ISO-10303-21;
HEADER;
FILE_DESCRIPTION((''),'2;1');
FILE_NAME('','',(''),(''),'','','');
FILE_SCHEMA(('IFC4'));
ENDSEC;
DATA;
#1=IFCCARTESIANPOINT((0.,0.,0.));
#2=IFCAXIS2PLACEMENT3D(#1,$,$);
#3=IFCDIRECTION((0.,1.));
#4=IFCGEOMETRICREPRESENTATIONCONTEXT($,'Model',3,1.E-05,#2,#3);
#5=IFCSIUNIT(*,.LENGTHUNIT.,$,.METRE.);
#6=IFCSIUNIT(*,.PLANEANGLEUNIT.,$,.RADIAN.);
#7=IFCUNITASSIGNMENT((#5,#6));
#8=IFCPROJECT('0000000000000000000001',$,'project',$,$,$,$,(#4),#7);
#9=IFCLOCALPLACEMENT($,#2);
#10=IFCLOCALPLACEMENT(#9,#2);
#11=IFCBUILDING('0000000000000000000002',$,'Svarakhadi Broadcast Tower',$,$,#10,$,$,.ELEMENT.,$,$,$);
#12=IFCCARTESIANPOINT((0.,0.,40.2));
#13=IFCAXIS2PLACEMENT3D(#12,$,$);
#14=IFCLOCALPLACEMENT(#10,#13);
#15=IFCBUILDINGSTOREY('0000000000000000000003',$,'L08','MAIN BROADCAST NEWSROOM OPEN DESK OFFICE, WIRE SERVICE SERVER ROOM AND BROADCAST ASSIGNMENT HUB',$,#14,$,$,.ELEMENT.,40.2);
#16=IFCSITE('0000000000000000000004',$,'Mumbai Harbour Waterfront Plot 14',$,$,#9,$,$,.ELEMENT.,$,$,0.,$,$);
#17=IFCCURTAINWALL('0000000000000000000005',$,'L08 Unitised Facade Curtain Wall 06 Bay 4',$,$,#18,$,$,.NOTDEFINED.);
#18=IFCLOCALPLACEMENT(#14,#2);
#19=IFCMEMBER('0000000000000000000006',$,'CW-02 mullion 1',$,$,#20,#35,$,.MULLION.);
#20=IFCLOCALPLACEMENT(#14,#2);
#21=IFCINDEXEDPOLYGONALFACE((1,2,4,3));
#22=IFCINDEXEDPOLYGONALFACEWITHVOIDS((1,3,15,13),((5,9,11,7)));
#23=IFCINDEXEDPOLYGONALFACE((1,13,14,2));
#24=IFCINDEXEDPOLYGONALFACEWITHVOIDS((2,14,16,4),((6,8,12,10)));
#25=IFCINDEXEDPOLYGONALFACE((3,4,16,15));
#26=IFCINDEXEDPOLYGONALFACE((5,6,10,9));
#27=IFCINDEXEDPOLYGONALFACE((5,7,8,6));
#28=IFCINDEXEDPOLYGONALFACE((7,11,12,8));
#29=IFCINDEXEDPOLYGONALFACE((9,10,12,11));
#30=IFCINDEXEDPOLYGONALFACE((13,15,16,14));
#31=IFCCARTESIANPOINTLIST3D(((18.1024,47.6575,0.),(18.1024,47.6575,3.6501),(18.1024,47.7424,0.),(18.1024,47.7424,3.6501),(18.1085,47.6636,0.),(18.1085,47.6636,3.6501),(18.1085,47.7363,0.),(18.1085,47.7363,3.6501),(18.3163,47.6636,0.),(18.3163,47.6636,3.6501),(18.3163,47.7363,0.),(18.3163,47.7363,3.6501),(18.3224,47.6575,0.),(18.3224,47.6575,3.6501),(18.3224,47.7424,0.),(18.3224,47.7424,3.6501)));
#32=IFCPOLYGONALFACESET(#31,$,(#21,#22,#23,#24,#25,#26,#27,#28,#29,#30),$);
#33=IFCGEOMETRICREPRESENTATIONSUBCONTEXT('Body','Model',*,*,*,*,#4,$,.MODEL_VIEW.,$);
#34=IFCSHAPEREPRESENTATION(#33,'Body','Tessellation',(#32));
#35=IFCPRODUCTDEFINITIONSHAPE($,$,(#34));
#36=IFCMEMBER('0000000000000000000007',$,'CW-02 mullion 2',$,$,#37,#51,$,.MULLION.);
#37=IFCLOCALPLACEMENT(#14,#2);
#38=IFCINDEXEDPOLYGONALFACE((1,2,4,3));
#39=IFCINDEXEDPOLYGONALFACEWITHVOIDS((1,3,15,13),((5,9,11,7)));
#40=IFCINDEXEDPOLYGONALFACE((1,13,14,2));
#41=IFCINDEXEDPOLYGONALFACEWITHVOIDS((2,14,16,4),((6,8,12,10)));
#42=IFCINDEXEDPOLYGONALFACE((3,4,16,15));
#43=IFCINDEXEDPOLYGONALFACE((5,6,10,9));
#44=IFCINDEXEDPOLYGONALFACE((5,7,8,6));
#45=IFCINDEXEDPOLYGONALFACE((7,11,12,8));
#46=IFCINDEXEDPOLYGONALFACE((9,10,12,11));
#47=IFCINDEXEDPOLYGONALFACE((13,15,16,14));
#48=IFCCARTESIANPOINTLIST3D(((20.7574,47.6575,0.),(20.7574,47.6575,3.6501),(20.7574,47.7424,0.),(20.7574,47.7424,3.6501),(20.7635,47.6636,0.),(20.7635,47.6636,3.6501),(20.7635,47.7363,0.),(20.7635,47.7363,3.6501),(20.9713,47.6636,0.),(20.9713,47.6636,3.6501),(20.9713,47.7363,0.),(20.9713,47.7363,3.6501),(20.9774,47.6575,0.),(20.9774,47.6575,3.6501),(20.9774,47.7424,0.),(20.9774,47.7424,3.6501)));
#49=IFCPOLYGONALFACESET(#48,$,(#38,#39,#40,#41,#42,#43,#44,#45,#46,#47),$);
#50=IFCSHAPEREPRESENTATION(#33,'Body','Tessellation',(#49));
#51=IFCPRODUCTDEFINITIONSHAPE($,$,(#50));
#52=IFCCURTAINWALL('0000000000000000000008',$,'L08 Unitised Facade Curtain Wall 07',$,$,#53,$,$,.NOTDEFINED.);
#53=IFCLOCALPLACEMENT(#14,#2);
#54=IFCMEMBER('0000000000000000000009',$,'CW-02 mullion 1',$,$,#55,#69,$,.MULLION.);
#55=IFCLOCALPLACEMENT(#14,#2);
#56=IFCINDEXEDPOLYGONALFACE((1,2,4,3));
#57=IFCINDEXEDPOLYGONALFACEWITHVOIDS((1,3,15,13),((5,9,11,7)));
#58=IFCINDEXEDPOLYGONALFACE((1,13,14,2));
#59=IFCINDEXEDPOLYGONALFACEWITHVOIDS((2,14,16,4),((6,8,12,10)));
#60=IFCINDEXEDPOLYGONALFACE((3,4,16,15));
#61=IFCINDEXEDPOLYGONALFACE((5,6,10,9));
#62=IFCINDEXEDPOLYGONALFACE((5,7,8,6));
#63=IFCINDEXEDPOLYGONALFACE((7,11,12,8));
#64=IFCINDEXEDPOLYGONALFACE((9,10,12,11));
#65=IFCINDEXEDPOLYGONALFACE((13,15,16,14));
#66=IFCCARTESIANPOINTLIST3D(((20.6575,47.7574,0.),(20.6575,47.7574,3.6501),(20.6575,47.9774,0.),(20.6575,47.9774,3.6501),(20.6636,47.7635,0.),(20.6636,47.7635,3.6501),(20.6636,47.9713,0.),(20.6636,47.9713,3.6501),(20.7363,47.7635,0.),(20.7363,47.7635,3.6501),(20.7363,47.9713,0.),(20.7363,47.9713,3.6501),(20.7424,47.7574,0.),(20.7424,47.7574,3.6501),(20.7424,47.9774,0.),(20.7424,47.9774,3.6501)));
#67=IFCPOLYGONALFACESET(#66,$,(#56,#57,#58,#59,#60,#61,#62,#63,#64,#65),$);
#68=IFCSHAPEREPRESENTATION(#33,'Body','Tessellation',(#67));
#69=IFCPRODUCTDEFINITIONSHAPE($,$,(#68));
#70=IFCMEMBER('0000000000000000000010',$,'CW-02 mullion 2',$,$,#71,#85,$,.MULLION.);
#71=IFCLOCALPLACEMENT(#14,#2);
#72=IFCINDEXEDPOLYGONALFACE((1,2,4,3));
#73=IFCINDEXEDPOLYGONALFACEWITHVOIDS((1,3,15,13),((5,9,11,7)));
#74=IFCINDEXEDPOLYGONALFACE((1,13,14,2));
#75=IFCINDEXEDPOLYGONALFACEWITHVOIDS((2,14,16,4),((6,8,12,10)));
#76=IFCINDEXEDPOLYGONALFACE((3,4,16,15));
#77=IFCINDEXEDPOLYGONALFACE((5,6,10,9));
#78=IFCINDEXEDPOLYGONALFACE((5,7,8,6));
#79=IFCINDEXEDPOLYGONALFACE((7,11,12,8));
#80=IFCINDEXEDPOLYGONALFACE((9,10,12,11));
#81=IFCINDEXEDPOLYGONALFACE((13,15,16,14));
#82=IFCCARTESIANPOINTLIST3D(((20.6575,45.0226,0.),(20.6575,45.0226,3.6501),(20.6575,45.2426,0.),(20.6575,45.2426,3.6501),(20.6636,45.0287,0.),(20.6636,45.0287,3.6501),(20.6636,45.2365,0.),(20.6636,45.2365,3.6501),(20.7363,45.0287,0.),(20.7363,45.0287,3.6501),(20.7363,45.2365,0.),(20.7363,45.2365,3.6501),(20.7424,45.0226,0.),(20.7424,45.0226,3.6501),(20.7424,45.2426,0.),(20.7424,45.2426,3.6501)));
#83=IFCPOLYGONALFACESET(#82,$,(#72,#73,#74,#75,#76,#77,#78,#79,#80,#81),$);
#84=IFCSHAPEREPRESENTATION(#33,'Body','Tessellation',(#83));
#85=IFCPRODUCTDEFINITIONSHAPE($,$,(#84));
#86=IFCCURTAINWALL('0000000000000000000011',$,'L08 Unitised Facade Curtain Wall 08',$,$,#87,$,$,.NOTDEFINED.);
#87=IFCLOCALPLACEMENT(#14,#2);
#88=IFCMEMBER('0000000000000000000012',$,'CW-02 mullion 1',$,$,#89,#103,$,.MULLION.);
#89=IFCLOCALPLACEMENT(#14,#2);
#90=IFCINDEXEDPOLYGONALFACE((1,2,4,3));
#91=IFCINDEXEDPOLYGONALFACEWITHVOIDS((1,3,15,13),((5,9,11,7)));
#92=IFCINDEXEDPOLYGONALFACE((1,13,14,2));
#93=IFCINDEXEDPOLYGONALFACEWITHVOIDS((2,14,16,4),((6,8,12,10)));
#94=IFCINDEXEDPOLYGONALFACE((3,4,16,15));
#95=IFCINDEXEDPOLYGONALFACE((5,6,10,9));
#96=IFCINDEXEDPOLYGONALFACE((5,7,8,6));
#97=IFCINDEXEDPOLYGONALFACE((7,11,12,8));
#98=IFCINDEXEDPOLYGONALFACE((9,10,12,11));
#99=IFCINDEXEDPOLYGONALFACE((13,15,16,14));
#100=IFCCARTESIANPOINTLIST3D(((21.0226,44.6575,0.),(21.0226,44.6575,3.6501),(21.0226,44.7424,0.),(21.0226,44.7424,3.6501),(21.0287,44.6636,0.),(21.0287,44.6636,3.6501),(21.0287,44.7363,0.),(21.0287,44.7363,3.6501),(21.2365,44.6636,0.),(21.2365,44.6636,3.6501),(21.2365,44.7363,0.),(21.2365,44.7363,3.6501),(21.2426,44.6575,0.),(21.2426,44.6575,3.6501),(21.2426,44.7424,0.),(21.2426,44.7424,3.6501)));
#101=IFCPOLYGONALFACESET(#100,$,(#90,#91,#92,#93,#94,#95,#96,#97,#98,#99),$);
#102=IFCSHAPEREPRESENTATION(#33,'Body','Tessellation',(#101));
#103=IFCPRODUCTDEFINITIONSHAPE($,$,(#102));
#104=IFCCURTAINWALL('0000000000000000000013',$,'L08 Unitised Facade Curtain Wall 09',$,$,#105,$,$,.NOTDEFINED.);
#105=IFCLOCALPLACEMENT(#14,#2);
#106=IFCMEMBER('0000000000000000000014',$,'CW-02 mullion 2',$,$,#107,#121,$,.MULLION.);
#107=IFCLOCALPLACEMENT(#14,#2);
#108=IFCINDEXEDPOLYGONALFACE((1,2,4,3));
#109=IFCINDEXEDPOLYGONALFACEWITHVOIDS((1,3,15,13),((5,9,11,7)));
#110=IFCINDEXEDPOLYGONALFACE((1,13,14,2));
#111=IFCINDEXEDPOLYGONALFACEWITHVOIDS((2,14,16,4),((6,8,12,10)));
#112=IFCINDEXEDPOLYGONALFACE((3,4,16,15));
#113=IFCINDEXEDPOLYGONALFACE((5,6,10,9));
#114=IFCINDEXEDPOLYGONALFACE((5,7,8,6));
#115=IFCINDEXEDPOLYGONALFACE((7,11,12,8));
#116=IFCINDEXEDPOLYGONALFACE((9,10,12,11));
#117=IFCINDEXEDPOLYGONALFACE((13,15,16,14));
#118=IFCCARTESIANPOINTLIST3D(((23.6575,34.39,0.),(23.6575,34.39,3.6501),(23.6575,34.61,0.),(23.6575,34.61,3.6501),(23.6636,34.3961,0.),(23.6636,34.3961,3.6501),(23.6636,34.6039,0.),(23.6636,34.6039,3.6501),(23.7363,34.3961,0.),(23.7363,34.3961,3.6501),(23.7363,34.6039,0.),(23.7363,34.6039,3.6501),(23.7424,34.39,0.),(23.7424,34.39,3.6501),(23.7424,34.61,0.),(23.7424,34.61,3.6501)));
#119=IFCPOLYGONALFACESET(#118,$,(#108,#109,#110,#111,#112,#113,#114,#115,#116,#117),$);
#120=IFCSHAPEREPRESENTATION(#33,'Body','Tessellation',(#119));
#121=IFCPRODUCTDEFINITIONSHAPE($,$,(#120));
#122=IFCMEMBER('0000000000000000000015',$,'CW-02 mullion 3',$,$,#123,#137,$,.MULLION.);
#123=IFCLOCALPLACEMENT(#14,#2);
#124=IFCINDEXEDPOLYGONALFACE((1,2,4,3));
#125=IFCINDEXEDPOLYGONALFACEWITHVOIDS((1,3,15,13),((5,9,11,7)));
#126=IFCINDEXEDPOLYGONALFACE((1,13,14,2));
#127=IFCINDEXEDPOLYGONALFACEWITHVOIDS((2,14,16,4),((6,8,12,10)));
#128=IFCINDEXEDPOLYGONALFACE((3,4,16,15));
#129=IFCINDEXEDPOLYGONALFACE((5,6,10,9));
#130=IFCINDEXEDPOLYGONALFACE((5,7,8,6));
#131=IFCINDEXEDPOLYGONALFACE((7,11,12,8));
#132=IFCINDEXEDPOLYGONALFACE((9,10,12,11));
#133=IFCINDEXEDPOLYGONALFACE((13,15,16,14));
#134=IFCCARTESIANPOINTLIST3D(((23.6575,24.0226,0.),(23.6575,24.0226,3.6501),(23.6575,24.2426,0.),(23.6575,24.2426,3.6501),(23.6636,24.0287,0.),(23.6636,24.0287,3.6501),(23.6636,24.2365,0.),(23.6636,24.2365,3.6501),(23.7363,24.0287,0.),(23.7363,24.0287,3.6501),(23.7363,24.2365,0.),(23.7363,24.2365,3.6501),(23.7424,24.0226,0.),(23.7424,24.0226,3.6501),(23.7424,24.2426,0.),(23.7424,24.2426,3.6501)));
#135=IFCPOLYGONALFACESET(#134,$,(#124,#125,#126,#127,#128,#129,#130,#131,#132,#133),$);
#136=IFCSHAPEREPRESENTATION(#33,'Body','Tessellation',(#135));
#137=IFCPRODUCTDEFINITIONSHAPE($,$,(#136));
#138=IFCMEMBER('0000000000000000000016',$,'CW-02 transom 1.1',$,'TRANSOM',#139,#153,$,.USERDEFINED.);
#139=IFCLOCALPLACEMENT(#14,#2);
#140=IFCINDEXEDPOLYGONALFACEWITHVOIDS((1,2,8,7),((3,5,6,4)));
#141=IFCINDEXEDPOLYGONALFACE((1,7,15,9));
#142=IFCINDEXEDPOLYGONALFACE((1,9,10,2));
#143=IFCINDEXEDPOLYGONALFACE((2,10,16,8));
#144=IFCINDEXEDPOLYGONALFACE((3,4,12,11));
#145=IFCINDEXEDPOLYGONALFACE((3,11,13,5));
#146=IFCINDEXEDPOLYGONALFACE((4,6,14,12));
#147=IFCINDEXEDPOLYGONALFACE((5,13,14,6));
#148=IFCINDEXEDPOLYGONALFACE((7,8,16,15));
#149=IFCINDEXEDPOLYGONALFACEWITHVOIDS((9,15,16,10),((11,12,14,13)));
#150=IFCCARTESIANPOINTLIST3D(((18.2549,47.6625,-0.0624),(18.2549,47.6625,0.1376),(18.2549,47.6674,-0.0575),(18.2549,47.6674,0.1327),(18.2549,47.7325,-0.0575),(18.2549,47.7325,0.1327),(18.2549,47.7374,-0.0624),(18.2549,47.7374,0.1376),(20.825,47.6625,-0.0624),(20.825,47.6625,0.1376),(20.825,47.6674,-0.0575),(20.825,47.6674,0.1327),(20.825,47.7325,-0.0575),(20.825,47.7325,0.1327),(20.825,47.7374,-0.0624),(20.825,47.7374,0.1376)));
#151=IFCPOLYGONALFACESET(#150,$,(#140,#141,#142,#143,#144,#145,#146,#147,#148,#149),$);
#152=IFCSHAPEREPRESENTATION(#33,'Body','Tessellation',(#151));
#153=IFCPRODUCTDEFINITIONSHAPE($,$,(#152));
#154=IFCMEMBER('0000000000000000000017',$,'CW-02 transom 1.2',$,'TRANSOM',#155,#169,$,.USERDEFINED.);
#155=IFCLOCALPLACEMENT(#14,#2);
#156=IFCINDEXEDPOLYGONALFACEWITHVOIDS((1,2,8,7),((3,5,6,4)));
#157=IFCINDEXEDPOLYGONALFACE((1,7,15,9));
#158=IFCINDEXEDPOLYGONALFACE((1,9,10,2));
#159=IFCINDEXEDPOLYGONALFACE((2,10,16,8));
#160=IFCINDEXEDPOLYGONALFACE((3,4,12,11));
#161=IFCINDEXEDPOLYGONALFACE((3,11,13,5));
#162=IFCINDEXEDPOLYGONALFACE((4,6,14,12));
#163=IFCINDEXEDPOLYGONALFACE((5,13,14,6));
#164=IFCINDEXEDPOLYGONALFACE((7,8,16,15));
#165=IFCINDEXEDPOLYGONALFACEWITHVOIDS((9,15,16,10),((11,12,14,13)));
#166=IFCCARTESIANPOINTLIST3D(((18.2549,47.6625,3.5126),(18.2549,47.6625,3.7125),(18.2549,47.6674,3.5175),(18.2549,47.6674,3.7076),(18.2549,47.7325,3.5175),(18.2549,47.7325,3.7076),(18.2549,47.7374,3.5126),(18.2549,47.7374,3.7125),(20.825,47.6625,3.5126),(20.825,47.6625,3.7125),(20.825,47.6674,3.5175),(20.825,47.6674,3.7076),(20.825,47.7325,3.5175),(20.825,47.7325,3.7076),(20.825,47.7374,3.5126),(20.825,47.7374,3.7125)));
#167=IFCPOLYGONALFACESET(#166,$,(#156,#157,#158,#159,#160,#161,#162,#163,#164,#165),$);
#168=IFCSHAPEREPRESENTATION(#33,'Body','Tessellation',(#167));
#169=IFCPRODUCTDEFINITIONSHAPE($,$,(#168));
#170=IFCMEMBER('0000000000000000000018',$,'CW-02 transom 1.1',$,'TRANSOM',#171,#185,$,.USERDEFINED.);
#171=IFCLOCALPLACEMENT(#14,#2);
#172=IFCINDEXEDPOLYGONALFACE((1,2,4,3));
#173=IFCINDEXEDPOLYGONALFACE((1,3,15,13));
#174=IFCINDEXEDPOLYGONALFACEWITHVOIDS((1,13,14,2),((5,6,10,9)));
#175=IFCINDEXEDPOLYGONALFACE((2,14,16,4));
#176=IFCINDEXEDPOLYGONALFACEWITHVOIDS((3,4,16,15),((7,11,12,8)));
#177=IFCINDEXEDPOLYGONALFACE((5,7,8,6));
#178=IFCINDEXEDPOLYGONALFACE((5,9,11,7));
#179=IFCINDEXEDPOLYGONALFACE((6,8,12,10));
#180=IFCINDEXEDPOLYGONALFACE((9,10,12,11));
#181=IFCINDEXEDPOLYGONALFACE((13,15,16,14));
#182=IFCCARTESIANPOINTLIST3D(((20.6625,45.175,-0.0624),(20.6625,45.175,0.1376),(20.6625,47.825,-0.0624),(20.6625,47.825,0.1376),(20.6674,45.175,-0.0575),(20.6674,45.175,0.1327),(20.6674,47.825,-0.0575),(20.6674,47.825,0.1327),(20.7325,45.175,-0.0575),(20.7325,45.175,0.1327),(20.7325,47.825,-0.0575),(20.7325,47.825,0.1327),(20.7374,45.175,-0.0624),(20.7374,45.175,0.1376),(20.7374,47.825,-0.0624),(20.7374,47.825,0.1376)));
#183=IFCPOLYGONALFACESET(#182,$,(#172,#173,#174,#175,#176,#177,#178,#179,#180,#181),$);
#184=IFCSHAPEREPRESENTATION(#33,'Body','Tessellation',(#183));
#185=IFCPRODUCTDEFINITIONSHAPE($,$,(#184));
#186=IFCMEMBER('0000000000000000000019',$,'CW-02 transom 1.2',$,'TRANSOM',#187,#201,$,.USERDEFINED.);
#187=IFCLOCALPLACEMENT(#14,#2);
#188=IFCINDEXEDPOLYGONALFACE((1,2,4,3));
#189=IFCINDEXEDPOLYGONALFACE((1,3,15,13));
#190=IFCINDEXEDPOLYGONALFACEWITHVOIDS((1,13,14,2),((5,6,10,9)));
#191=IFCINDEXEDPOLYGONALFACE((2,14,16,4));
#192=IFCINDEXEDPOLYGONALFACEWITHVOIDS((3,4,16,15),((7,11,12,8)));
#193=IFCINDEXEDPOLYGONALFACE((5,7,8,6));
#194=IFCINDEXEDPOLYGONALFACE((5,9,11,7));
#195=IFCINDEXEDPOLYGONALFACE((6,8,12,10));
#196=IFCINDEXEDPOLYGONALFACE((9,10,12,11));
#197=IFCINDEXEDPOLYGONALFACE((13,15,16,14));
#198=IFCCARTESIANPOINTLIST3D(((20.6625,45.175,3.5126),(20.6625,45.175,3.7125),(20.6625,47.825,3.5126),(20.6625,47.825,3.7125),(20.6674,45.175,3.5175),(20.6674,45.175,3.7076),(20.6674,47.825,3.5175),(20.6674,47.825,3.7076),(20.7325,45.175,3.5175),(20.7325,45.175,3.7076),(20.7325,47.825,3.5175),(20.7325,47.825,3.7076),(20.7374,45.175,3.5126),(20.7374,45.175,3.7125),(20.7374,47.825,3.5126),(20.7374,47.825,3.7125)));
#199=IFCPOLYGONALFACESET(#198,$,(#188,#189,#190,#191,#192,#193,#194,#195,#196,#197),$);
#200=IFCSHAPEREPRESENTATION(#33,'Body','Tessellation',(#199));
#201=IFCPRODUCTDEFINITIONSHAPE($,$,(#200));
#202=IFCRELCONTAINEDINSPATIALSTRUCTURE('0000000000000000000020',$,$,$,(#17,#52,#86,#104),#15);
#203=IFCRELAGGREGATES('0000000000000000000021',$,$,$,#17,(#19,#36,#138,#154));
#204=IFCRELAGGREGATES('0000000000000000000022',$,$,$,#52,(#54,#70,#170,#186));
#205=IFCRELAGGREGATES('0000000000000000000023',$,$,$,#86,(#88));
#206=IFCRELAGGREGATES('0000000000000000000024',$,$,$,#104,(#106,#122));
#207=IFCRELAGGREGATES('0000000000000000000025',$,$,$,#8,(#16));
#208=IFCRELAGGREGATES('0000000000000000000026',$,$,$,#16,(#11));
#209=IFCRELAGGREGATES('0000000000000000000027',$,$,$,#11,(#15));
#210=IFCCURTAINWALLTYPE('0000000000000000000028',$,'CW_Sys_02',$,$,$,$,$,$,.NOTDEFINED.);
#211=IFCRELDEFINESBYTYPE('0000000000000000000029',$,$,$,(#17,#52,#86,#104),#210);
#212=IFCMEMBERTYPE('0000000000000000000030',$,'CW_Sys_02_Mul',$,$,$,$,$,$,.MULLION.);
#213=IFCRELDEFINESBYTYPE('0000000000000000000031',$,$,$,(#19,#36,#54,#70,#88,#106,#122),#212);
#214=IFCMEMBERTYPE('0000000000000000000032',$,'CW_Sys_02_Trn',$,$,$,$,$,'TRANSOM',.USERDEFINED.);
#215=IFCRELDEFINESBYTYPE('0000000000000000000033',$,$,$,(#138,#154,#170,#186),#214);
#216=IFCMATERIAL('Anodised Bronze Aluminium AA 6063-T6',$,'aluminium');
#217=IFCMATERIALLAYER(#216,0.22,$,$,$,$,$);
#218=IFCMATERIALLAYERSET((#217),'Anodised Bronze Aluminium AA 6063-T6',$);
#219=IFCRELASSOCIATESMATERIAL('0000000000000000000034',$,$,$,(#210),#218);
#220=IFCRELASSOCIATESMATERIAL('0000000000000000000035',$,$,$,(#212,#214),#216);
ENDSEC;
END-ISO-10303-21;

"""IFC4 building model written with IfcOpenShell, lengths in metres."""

from ifc_helpers import new_model, si_unit, direction, frame, origin, origin_2d, place, context, subcontext, project, spatial, hollow_rectangle, extrude, material, layer, layer_set, material_profile, profile_set, type_object, element, aggregate, save


model = new_model("IFC4")

# Units and contexts
model_context = context("Model", 3, precision=1e-05, world=origin(), true_north=direction((0.0, 1.0)))
body_context = subcontext(model_context, "Body", "Model", "MODEL_VIEW")
ifc_project = project(units=[si_unit("LENGTHUNIT", "METRE"), si_unit("PLANEANGLEUNIT", "RADIAN")], contexts=[model_context])

# Site, building, storey
site_placement = place(None, origin())
site = spatial("IfcSite", under=ifc_project, at=site_placement, Name="Mumbai Harbour Waterfront Plot 14", CompositionType="ELEMENT", RefElevation=0.0)
building_placement = place(site_placement, origin())
building = spatial("IfcBuilding", under=site, at=building_placement, Name="Svarakhadi Broadcast Tower", CompositionType="ELEMENT")
storey_placement = place(building_placement, frame((0.0, 0.0, 40.2)))
storey = spatial("IfcBuildingStorey", under=building, at=storey_placement, Name="L08", Description="MAIN BROADCAST NEWSROOM OPEN DESK OFFICE, WIRE SERVICE SERVER ROOM AND BROADCAST ASSIGNMENT HUB", CompositionType="ELEMENT", Elevation=40.2)

# Curtain walls, members
ifc_material_1 = material(Name="Anodised Bronze Aluminium AA 6063-T6", Category="aluminium")
ifc_layer_1 = layer(ifc_material_1, 0.22)
ifc_layer_set_1 = layer_set([ifc_layer_1], Name="Anodised Bronze Aluminium AA 6063-T6")
curtain_wall_type = type_object("IfcCurtainWallType", Name="CW_Sys_02", PredefinedType="NOTDEFINED", material=ifc_layer_set_1)
curtain_wall_1_placement = place(storey_placement, origin())
curtain_wall_1 = element("IfcCurtainWall", 1, at=curtain_wall_1_placement, inside=storey, type_object=curtain_wall_type, Name="L08 Unitised Facade Curtain Wall 06 Bay 4", PredefinedType="NOTDEFINED")
ifc_material_profile_1 = material_profile(ifc_material_1, hollow_rectangle(XDim=0.085, YDim=0.22, WallThickness=0.0061, at=origin_2d()), Name="ALU MULLION 220x85x6")
ifc_profile_set_1 = profile_set([ifc_material_profile_1], Name="Anodised Bronze Aluminium AA 6063-T6")
member_type_1 = type_object("IfcMemberType", Name="CW_Sys_02_Mul", PredefinedType="MULLION", material=ifc_profile_set_1)
member_1_placement = place(storey_placement, frame((18.2124, 47.7, 0.0), z_axis=(0.0, 0.0, 1.0), x_axis=(0.0, 1.0, 0.0)))
member_1 = element("IfcMember", 2, at=member_1_placement, type_object=member_type_1, Name="CW-02 mullion 1", PredefinedType="MULLION", context=body_context, shape_type="SweptSolid", body=[
    extrude(hollow_rectangle(XDim=0.085, YDim=0.22, WallThickness=0.0061, at=origin_2d()), origin(), (0.0, 0.0, 1.0), 3.6501),
])
member_2_placement = place(storey_placement, frame((20.8674, 47.7, 0.0), z_axis=(0.0, 0.0, 1.0), x_axis=(0.0, 1.0, 0.0)))
member_2 = element("IfcMember", 3, at=member_2_placement, type_object=member_type_1, Name="CW-02 mullion 2", PredefinedType="MULLION", context=body_context, shape_type="SweptSolid", body=[
    extrude(hollow_rectangle(XDim=0.085, YDim=0.22, WallThickness=0.0061, at=origin_2d()), origin(), (0.0, 0.0, 1.0), 3.6501),
])
curtain_wall_2_placement = place(storey_placement, origin())
curtain_wall_2 = element("IfcCurtainWall", 4, at=curtain_wall_2_placement, inside=storey, type_object=curtain_wall_type, Name="L08 Unitised Facade Curtain Wall 07", PredefinedType="NOTDEFINED")
member_3_placement = place(storey_placement, frame((20.7, 47.8674, 0.0), z_axis=(0.0, 0.0, 1.0), x_axis=(1.0, 0.0, 0.0)))
member_3 = element("IfcMember", 5, at=member_3_placement, type_object=member_type_1, Name="CW-02 mullion 1", PredefinedType="MULLION", context=body_context, shape_type="SweptSolid", body=[
    extrude(hollow_rectangle(XDim=0.085, YDim=0.22, WallThickness=0.0061, at=origin_2d()), origin(), (0.0, 0.0, 1.0), 3.6501),
])
member_4_placement = place(storey_placement, frame((20.7, 45.1326, 0.0), z_axis=(0.0, 0.0, 1.0), x_axis=(1.0, 0.0, 0.0)))
member_4 = element("IfcMember", 6, at=member_4_placement, type_object=member_type_1, Name="CW-02 mullion 2", PredefinedType="MULLION", context=body_context, shape_type="SweptSolid", body=[
    extrude(hollow_rectangle(XDim=0.085, YDim=0.22, WallThickness=0.0061, at=origin_2d()), origin(), (0.0, 0.0, 1.0), 3.6501),
])

# Curtain wall, member
curtain_wall_3_placement = place(storey_placement, origin())
curtain_wall_3 = element("IfcCurtainWall", 7, at=curtain_wall_3_placement, inside=storey, type_object=curtain_wall_type, Name="L08 Unitised Facade Curtain Wall 08", PredefinedType="NOTDEFINED")
member_5_placement = place(storey_placement, frame((21.1326, 44.7, 0.0), z_axis=(0.0, 0.0, 1.0), x_axis=(0.0, 1.0, 0.0)))
member_5 = element("IfcMember", 8, at=member_5_placement, type_object=member_type_1, Name="CW-02 mullion 1", PredefinedType="MULLION", context=body_context, shape_type="SweptSolid", body=[
    extrude(hollow_rectangle(XDim=0.085, YDim=0.22, WallThickness=0.0061, at=origin_2d()), origin(), (0.0, 0.0, 1.0), 3.6501),
])

# Curtain wall, members
curtain_wall_4_placement = place(storey_placement, origin())
curtain_wall_4 = element("IfcCurtainWall", 9, at=curtain_wall_4_placement, inside=storey, type_object=curtain_wall_type, Name="L08 Unitised Facade Curtain Wall 09", PredefinedType="NOTDEFINED")
member_6_placement = place(storey_placement, frame((23.7, 34.5, 0.0), z_axis=(0.0, 0.0, 1.0), x_axis=(1.0, 0.0, 0.0)))
member_6 = element("IfcMember", 10, at=member_6_placement, type_object=member_type_1, Name="CW-02 mullion 2", PredefinedType="MULLION", context=body_context, shape_type="SweptSolid", body=[
    extrude(hollow_rectangle(XDim=0.085, YDim=0.22, WallThickness=0.0061, at=origin_2d()), origin(), (0.0, 0.0, 1.0), 3.6501),
])
member_7_placement = place(storey_placement, frame((23.7, 24.1326, 0.0), z_axis=(0.0, 0.0, 1.0), x_axis=(1.0, 0.0, 0.0)))
member_7 = element("IfcMember", 11, at=member_7_placement, type_object=member_type_1, Name="CW-02 mullion 3", PredefinedType="MULLION", context=body_context, shape_type="SweptSolid", body=[
    extrude(hollow_rectangle(XDim=0.085, YDim=0.22, WallThickness=0.0061, at=origin_2d()), origin(), (0.0, 0.0, 1.0), 3.6501),
])

# Members
ifc_material_profile_2 = material_profile(ifc_material_1, hollow_rectangle(XDim=0.075, YDim=0.2, WallThickness=0.0049, at=origin_2d()), Name="ALU TRANSOM 200x75x5")
ifc_profile_set_2 = profile_set([ifc_material_profile_2], Name="Anodised Bronze Aluminium AA 6063-T6")
member_type_2 = type_object("IfcMemberType", Name="CW_Sys_02_Trn", ElementType="TRANSOM", PredefinedType="USERDEFINED", material=ifc_profile_set_2)
member_8_placement = place(storey_placement, frame((18.2549, 47.7, 0.0376), z_axis=(1.0, 0.0, 0.0), x_axis=(0.0, 1.0, 0.0)))
member_8 = element("IfcMember", 12, at=member_8_placement, type_object=member_type_2, Name="CW-02 transom 1.1", ObjectType="TRANSOM", PredefinedType="USERDEFINED", context=body_context, shape_type="SweptSolid", body=[
    extrude(hollow_rectangle(XDim=0.075, YDim=0.2, WallThickness=0.0049, at=origin_2d()), origin(), (0.0, 0.0, 1.0), 2.5701),
])
member_9_placement = place(storey_placement, frame((18.2549, 47.7, 3.6125), z_axis=(1.0, 0.0, 0.0), x_axis=(0.0, 1.0, 0.0)))
member_9 = element("IfcMember", 13, at=member_9_placement, type_object=member_type_2, Name="CW-02 transom 1.2", ObjectType="TRANSOM", PredefinedType="USERDEFINED", context=body_context, shape_type="SweptSolid", body=[
    extrude(hollow_rectangle(XDim=0.075, YDim=0.2, WallThickness=0.0049, at=origin_2d()), origin(), (0.0, 0.0, 1.0), 2.5701),
])
member_10_placement = place(storey_placement, frame((20.7, 47.825, 0.0376), z_axis=(0.0, -1.0, 0.0), x_axis=(1.0, 0.0, 0.0)))
member_10 = element("IfcMember", 14, at=member_10_placement, type_object=member_type_2, Name="CW-02 transom 1.1", ObjectType="TRANSOM", PredefinedType="USERDEFINED", context=body_context, shape_type="SweptSolid", body=[
    extrude(hollow_rectangle(XDim=0.075, YDim=0.2, WallThickness=0.0049, at=origin_2d()), origin(), (0.0, 0.0, 1.0), 2.6499),
])
member_11_placement = place(storey_placement, frame((20.7, 47.825, 3.6125), z_axis=(0.0, -1.0, 0.0), x_axis=(1.0, 0.0, 0.0)))
member_11 = element("IfcMember", 15, at=member_11_placement, type_object=member_type_2, Name="CW-02 transom 1.2", ObjectType="TRANSOM", PredefinedType="USERDEFINED", context=body_context, shape_type="SweptSolid", body=[
    extrude(hollow_rectangle(XDim=0.075, YDim=0.2, WallThickness=0.0049, at=origin_2d()), origin(), (0.0, 0.0, 1.0), 2.6499),
])

aggregate(curtain_wall_1, [member_1, member_2, member_8, member_9])
aggregate(curtain_wall_2, [member_3, member_4, member_10, member_11])
aggregate(curtain_wall_3, [member_5])
aggregate(curtain_wall_4, [member_6, member_7])

save(model, "model.ifc")
